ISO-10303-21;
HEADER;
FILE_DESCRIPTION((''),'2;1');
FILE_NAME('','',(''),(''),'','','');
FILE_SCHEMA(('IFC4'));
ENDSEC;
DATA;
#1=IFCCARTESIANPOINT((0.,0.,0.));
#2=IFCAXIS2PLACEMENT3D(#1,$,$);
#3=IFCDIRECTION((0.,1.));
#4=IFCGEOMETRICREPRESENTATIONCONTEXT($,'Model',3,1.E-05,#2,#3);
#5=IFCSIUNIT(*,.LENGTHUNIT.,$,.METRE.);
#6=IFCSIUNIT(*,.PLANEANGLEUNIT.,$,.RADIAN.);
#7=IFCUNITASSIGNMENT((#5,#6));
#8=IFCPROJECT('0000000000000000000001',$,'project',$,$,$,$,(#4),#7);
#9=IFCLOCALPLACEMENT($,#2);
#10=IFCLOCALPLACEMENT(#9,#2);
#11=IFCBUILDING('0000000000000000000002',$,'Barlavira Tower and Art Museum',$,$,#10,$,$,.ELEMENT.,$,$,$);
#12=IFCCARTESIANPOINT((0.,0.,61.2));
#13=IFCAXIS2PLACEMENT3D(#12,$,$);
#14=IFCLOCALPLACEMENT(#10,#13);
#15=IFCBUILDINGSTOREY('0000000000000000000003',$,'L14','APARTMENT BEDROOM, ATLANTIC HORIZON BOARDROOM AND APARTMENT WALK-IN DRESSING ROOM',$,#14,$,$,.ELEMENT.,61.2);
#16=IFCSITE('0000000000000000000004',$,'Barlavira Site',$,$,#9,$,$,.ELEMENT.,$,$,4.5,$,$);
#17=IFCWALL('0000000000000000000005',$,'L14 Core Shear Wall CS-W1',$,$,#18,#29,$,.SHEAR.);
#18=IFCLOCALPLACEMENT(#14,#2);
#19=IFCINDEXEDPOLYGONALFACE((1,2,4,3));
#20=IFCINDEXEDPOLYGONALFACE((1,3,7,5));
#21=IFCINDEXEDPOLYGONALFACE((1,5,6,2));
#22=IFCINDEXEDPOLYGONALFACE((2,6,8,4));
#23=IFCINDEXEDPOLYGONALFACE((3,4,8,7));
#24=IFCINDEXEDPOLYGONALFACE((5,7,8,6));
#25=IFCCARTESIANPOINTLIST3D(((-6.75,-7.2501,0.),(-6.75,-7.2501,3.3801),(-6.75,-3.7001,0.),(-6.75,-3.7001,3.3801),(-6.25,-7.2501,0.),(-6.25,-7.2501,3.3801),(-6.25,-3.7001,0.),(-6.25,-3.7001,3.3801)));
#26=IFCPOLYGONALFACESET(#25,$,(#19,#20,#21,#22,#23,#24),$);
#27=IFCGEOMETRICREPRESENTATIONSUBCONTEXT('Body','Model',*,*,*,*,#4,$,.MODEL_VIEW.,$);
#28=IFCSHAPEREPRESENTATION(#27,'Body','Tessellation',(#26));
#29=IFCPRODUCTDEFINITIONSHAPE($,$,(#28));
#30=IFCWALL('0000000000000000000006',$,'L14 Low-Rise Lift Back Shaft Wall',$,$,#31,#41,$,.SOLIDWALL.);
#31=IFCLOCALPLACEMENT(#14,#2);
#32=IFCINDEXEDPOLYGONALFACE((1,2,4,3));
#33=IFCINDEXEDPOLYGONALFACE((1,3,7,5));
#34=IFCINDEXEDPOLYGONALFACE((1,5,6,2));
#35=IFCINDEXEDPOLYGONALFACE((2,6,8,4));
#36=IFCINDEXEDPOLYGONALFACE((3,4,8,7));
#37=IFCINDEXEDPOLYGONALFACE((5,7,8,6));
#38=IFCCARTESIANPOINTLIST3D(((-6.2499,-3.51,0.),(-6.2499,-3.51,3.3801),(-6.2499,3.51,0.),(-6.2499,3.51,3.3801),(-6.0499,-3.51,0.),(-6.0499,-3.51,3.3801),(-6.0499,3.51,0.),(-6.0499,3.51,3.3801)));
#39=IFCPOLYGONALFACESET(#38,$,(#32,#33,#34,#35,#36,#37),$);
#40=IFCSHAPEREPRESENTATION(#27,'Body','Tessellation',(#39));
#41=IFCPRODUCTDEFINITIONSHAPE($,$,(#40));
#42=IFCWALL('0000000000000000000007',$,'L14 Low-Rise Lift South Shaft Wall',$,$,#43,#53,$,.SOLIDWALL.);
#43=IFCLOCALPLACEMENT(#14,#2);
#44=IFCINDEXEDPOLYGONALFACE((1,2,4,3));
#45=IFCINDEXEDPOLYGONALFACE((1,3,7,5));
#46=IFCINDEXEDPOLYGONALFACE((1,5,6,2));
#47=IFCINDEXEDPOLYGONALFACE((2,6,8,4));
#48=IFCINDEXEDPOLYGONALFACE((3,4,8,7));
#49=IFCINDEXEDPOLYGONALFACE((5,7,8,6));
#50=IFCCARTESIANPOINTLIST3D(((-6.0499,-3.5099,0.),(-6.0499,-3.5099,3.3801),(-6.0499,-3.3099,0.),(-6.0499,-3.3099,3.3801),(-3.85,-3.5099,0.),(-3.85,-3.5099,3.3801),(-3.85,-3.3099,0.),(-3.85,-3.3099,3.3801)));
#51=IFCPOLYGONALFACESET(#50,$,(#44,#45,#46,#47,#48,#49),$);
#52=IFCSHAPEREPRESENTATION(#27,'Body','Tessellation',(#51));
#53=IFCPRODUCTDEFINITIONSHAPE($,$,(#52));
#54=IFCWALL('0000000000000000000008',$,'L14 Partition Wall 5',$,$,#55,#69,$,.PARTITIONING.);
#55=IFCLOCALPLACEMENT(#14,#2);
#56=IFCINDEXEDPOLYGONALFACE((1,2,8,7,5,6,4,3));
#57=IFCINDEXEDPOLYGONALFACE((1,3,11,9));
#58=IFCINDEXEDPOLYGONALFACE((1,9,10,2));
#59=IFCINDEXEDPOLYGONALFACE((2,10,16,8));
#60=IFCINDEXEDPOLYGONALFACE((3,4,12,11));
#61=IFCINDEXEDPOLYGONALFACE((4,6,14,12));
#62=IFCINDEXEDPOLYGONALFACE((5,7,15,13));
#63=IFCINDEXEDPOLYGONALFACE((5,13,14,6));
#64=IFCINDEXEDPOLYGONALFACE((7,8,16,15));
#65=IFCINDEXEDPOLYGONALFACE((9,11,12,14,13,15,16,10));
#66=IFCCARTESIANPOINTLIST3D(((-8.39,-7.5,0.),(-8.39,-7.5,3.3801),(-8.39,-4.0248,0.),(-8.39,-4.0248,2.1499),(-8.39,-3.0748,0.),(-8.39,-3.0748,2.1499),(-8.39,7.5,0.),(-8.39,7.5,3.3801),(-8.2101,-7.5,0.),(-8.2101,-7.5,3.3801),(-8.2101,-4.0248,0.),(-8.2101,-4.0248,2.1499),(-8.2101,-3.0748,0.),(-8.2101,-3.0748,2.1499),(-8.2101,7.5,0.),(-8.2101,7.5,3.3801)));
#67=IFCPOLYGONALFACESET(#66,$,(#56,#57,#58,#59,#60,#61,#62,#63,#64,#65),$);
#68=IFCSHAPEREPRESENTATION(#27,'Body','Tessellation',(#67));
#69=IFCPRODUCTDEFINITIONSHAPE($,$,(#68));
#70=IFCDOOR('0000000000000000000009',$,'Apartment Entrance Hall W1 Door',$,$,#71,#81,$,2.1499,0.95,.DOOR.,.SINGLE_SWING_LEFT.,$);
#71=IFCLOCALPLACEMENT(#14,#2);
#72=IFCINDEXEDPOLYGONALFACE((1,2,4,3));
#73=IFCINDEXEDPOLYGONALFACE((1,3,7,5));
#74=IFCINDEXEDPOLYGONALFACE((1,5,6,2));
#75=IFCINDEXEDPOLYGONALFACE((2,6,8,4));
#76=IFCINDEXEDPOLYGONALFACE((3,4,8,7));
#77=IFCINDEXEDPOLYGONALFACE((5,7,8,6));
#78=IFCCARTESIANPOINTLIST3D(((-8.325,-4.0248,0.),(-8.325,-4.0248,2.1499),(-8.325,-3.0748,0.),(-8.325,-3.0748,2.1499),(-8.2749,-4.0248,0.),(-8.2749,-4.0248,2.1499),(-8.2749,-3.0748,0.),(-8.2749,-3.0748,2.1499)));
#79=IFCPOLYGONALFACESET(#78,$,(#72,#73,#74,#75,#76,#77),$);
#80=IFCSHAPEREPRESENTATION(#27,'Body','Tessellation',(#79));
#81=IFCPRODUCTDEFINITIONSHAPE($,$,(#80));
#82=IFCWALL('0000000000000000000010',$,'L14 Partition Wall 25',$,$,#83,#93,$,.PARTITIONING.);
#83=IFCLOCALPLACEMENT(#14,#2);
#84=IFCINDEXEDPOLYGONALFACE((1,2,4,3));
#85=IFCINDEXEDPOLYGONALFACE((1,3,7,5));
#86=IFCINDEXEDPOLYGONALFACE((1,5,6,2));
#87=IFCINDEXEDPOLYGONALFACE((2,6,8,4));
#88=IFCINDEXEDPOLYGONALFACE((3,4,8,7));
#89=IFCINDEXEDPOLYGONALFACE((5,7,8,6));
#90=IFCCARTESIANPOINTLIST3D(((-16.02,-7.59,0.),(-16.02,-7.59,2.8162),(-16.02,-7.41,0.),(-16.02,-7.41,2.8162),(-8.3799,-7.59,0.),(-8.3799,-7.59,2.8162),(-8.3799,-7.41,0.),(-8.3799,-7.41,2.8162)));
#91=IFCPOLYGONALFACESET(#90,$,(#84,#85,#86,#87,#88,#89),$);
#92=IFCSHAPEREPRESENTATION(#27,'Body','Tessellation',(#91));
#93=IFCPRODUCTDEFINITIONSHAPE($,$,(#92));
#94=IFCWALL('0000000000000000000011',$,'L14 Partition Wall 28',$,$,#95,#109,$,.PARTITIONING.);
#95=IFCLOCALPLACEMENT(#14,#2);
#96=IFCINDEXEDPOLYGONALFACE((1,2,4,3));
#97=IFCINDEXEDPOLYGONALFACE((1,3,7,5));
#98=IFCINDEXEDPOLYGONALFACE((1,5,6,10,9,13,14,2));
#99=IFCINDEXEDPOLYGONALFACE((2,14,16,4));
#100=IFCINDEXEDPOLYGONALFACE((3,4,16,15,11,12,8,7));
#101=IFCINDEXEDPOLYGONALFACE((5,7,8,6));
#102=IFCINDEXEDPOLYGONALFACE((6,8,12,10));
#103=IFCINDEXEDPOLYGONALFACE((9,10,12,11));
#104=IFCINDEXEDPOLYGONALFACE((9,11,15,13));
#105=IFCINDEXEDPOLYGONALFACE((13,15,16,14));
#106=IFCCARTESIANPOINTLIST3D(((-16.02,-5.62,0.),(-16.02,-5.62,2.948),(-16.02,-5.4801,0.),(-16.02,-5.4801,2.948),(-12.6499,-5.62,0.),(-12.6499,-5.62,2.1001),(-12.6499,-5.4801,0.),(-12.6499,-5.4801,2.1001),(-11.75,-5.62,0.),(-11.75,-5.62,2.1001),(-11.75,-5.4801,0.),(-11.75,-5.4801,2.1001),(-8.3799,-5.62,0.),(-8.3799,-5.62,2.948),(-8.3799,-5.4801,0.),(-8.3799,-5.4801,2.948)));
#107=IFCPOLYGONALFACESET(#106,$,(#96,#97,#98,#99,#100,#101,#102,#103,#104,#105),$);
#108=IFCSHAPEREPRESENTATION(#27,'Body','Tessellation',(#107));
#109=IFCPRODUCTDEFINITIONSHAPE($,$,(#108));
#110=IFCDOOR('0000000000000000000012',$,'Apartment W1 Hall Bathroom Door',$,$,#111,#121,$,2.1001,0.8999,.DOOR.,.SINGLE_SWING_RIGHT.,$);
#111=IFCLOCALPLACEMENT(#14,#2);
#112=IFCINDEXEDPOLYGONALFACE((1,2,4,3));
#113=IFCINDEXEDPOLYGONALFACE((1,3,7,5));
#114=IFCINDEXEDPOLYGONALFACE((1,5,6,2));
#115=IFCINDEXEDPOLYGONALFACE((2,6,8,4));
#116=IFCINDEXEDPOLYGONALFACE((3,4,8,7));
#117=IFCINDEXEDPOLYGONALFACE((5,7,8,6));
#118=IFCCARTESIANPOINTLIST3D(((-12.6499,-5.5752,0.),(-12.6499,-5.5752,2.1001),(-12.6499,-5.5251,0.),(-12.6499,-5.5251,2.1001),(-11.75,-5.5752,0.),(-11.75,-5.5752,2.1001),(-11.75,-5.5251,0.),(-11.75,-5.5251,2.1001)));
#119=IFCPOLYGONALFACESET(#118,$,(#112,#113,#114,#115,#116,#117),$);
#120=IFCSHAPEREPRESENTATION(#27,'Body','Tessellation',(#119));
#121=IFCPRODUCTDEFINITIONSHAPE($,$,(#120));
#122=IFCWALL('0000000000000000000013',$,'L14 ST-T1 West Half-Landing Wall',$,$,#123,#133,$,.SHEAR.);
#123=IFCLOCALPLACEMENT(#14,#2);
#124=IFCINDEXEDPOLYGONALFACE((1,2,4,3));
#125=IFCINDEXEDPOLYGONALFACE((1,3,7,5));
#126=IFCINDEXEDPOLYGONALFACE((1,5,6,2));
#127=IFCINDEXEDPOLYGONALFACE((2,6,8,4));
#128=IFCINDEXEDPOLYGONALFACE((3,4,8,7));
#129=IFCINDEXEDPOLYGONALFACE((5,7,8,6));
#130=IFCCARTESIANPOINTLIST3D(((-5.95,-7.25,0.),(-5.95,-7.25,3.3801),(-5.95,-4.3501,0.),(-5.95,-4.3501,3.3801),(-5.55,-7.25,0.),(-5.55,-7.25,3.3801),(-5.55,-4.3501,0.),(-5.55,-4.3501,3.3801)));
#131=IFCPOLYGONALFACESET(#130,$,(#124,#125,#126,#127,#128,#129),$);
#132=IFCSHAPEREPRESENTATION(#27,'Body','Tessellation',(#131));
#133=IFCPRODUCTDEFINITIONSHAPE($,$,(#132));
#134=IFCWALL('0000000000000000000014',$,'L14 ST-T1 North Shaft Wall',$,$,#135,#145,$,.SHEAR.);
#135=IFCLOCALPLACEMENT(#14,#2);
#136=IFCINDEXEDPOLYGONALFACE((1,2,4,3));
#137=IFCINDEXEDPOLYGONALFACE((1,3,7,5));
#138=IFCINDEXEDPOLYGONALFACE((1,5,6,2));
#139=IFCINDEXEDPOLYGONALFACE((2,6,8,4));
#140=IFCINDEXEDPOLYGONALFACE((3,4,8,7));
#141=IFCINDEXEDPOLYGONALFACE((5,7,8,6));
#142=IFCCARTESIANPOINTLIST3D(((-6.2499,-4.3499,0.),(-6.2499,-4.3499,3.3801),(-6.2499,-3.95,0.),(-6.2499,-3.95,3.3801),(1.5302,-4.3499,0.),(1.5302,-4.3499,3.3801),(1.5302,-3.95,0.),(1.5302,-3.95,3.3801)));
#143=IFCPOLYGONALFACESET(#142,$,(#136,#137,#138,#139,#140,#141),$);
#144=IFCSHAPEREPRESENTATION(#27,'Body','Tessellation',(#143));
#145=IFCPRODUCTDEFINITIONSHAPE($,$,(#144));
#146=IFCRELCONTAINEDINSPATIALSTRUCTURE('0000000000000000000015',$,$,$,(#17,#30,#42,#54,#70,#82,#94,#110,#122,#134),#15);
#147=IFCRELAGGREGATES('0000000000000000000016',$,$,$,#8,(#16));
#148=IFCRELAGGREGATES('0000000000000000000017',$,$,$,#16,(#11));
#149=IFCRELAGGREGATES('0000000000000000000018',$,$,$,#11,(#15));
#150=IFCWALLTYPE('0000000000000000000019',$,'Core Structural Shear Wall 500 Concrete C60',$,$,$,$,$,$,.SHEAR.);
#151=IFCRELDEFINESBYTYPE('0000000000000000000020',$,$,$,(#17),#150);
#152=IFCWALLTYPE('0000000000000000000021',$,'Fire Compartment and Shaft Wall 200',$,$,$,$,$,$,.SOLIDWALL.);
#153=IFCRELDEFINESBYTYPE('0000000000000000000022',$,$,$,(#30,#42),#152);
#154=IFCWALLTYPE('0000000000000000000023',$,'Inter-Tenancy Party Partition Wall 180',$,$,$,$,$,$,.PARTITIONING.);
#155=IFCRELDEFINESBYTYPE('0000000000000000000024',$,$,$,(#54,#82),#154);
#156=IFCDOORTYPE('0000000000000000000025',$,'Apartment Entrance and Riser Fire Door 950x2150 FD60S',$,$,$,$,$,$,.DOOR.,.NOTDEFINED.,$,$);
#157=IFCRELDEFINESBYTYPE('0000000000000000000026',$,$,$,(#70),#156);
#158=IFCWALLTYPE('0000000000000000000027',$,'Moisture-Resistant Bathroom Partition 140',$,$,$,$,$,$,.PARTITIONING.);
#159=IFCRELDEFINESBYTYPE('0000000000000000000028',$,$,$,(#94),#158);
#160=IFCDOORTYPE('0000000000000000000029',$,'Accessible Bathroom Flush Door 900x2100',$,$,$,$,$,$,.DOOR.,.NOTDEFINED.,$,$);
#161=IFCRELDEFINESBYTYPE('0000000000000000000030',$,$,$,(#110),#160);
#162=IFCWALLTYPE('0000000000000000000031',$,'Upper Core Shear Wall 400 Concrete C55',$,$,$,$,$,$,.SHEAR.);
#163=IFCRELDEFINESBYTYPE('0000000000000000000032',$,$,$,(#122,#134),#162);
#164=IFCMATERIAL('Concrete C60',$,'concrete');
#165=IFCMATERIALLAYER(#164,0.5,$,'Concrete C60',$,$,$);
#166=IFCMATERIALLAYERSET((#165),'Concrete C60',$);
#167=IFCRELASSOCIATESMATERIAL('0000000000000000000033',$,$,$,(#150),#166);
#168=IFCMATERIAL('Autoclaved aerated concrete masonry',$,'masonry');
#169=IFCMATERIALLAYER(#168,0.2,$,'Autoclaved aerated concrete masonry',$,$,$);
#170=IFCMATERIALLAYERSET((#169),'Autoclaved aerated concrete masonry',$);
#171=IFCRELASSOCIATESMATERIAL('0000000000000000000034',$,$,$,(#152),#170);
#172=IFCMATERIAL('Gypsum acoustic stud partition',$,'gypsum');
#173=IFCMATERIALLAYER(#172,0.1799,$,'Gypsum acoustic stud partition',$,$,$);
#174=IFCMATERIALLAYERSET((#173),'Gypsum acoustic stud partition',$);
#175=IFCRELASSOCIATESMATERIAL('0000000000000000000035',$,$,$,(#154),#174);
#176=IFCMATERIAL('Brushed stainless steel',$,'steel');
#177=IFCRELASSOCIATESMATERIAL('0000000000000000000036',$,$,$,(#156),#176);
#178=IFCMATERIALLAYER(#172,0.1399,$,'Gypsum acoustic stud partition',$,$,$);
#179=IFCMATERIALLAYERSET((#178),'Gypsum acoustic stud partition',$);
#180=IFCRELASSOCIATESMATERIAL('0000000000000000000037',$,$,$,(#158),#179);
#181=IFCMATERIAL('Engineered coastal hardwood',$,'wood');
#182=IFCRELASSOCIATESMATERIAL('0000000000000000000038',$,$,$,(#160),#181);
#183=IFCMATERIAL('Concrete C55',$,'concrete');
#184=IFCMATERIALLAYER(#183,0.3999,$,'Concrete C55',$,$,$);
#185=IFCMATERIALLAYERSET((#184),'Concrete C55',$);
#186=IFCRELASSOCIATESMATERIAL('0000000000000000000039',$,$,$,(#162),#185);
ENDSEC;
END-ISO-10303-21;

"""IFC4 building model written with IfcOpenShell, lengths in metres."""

from ifc_helpers import new_model, si_unit, direction, frame, frame_2d, origin, place, context, subcontext, project, spatial, rectangle, extrude, material, layer, layer_set, type_object, element, fill, save


model = new_model("IFC4")

# Units and contexts
model_context = context("Model", 3, precision=1e-05, world=origin(), true_north=direction((0.0, 1.0)))
body_context = subcontext(model_context, "Body", "Model", "MODEL_VIEW")
ifc_project = project(units=[si_unit("LENGTHUNIT", "METRE"), si_unit("PLANEANGLEUNIT", "RADIAN")], contexts=[model_context])

# Site, building, storey
site_placement = place(None, origin())
site = spatial("IfcSite", under=ifc_project, at=site_placement, Name="Barlavira Site", CompositionType="ELEMENT", RefElevation=4.5)
building_placement = place(site_placement, origin())
building = spatial("IfcBuilding", under=site, at=building_placement, Name="Barlavira Tower and Art Museum", CompositionType="ELEMENT")
storey_placement = place(building_placement, frame((0.0, 0.0, 61.2)))
storey = spatial("IfcBuildingStorey", under=building, at=storey_placement, Name="L14", Description="APARTMENT BEDROOM, ATLANTIC HORIZON BOARDROOM AND APARTMENT WALK-IN DRESSING ROOM", CompositionType="ELEMENT", Elevation=61.2)

# Shared definitions
ifc_material_1 = material(Name="Gypsum acoustic stud partition", Category="gypsum")
ifc_material_2 = material(Name="Engineered coastal hardwood", Category="wood")

# Wall
ifc_material_3 = material(Name="Concrete C60", Category="concrete")
ifc_layer_1 = layer(ifc_material_3, 0.5, Name="Concrete C60")
ifc_layer_set_1 = layer_set([ifc_layer_1], Name="Concrete C60")
wall_type_1 = type_object("IfcWallType", Name="Core Structural Shear Wall 500 Concrete C60", PredefinedType="SHEAR", material=ifc_layer_set_1)
wall_1_placement = place(storey_placement, frame((-6.5, -7.25, 0.0), z_axis=(0.0, 0.0, 1.0), x_axis=(0.0, 1.0, 0.0)))
element("IfcWall", 1, at=wall_1_placement, inside=storey, type_object=wall_type_1, Name="L14 Core Shear Wall CS-W1", PredefinedType="SHEAR", context=body_context, shape_type="SweptSolid", body=[
    extrude(rectangle(XDim=3.55, YDim=0.5, at=frame_2d((1.7749, 0.0))), origin(), (0.0, 0.0, 1.0), 3.3801),
])

# Shared definitions
ifc_material_4 = material(Name="Autoclaved aerated concrete masonry", Category="masonry")
ifc_layer_2 = layer(ifc_material_4, 0.2, Name="Autoclaved aerated concrete masonry")
ifc_layer_set_2 = layer_set([ifc_layer_2], Name="Autoclaved aerated concrete masonry")
wall_type_2 = type_object("IfcWallType", Name="Fire Compartment and Shaft Wall 200", PredefinedType="SOLIDWALL", material=ifc_layer_set_2)
ifc_material_5 = material(Name="Brushed stainless steel", Category="steel")

# Walls
wall_2_placement = place(storey_placement, frame((-6.1499, -3.51, 0.0), z_axis=(0.0, 0.0, 1.0), x_axis=(0.0, 1.0, 0.0)))
element("IfcWall", 2, at=wall_2_placement, inside=storey, type_object=wall_type_2, Name="L14 Low-Rise Lift Back Shaft Wall", PredefinedType="SOLIDWALL", context=body_context, shape_type="SweptSolid", body=[
    extrude(rectangle(XDim=7.02, YDim=0.2, at=frame_2d((3.51, 0.0))), origin(), (0.0, 0.0, 1.0), 3.3801),
])
wall_3_placement = place(storey_placement, frame((-6.05, -3.4099, 0.0), z_axis=(0.0, 0.0, 1.0), x_axis=(1.0, 0.0, 0.0)))
element("IfcWall", 3, at=wall_3_placement, inside=storey, type_object=wall_type_2, Name="L14 Low-Rise Lift South Shaft Wall", PredefinedType="SOLIDWALL", context=body_context, shape_type="SweptSolid", body=[
    extrude(rectangle(XDim=2.2, YDim=0.2, at=frame_2d((1.1001, 0.0))), origin(), (0.0, 0.0, 1.0), 3.3801),
])

# Wall, opening, door
ifc_layer_3 = layer(ifc_material_1, 0.1799, Name="Gypsum acoustic stud partition")
ifc_layer_set_3 = layer_set([ifc_layer_3], Name="Gypsum acoustic stud partition")
wall_type_3 = type_object("IfcWallType", Name="Inter-Tenancy Party Partition Wall 180", PredefinedType="PARTITIONING", material=ifc_layer_set_3)
wall_4_placement = place(storey_placement, frame((-8.3, -7.5, 0.0), z_axis=(0.0, 0.0, 1.0), x_axis=(0.0, 1.0, 0.0)))
wall_4 = element("IfcWall", 4, at=wall_4_placement, inside=storey, type_object=wall_type_3, Name="L14 Partition Wall 5", PredefinedType="PARTITIONING", context=body_context, shape_type="SweptSolid", body=[
    extrude(rectangle(XDim=15.0, YDim=0.1799, at=frame_2d((7.5, 0.0))), origin(), (0.0, 0.0, 1.0), 3.3801),
])
opening_1_placement = place(wall_4_placement, frame((3.4751, 0.0, 0.0)))
opening_1 = element("IfcOpeningElement", 5, at=opening_1_placement, cuts=wall_4, PredefinedType="OPENING", context=body_context, shape_type="SweptSolid", body=[
    extrude(rectangle(XDim=0.95, YDim=2.1499, at=frame_2d((0.4751, 1.075))), frame((0.0, 0.1001, 0.0), z_axis=(0.0, -1.0, 0.0), x_axis=(1.0, 0.0, 0.0)), (0.0, 0.0, 1.0), 0.2),
])
door_type_1 = type_object("IfcDoorType", Name="Apartment Entrance and Riser Fire Door 950x2150 FD60S", OperationType="NOTDEFINED", PredefinedType="DOOR", material=ifc_material_5)
door_1_placement = place(opening_1_placement, origin())
door_1 = element("IfcDoor", 6, at=door_1_placement, inside=storey, type_object=door_type_1, Name="Apartment Entrance Hall W1 Door", OperationType="SINGLE_SWING_LEFT", OverallHeight=2.1499, OverallWidth=0.95, PredefinedType="DOOR", context=body_context, shape_type="SweptSolid", body=[
    extrude(rectangle(XDim=0.95, YDim=2.1499, at=frame_2d((0.4751, 1.075))), frame((0.0, 0.0249, 0.0), z_axis=(0.0, -1.0, 0.0), x_axis=(1.0, 0.0, 0.0)), (0.0, 0.0, 1.0), 0.05),
])
fill(opening_1, door_1)

# Wall
wall_5_placement = place(storey_placement, frame((-16.02, -7.5, 0.0), z_axis=(0.0, 0.0, 1.0), x_axis=(1.0, 0.0, 0.0)))
element("IfcWall", 7, at=wall_5_placement, inside=storey, type_object=wall_type_3, Name="L14 Partition Wall 25", PredefinedType="PARTITIONING", context=body_context, shape_type="SweptSolid", body=[
    extrude(rectangle(XDim=7.6401, YDim=0.1799, at=frame_2d((3.8201, 0.0))), origin(), (0.0, 0.0, 1.0), 2.8162),
])

# Wall, opening, door
ifc_layer_4 = layer(ifc_material_1, 0.1399, Name="Gypsum acoustic stud partition")
ifc_layer_set_4 = layer_set([ifc_layer_4], Name="Gypsum acoustic stud partition")
wall_type_4 = type_object("IfcWallType", Name="Moisture-Resistant Bathroom Partition 140", PredefinedType="PARTITIONING", material=ifc_layer_set_4)
wall_6_placement = place(storey_placement, frame((-16.02, -5.55, 0.0), z_axis=(0.0, 0.0, 1.0), x_axis=(1.0, 0.0, 0.0)))
wall_6 = element("IfcWall", 8, at=wall_6_placement, inside=storey, type_object=wall_type_4, Name="L14 Partition Wall 28", PredefinedType="PARTITIONING", context=body_context, shape_type="SweptSolid", body=[
    extrude(rectangle(XDim=7.6401, YDim=0.1399, at=frame_2d((3.8201, 0.0))), origin(), (0.0, 0.0, 1.0), 2.948),
])
opening_2_placement = place(wall_6_placement, frame((3.3701, 0.0, 0.0)))
opening_2 = element("IfcOpeningElement", 9, at=opening_2_placement, cuts=wall_6, PredefinedType="OPENING", context=body_context, shape_type="SweptSolid", body=[
    extrude(rectangle(XDim=0.8999, YDim=2.1001, at=frame_2d((0.45, 1.05))), frame((0.0, 0.0801, 0.0), z_axis=(0.0, -1.0, 0.0), x_axis=(1.0, 0.0, 0.0)), (0.0, 0.0, 1.0), 0.1599),
])
door_type_2 = type_object("IfcDoorType", Name="Accessible Bathroom Flush Door 900x2100", OperationType="NOTDEFINED", PredefinedType="DOOR", material=ifc_material_2)
door_2_placement = place(opening_2_placement, origin())
door_2 = element("IfcDoor", 10, at=door_2_placement, inside=storey, type_object=door_type_2, Name="Apartment W1 Hall Bathroom Door", OperationType="SINGLE_SWING_RIGHT", OverallHeight=2.1001, OverallWidth=0.8999, PredefinedType="DOOR", context=body_context, shape_type="SweptSolid", body=[
    extrude(rectangle(XDim=0.8999, YDim=2.1001, at=frame_2d((0.45, 1.05))), frame((0.0, 0.0249, 0.0), z_axis=(0.0, -1.0, 0.0), x_axis=(1.0, 0.0, 0.0)), (0.0, 0.0, 1.0), 0.05),
])
fill(opening_2, door_2)

# Walls
ifc_material_6 = material(Name="Concrete C55", Category="concrete")
ifc_layer_5 = layer(ifc_material_6, 0.3999, Name="Concrete C55")
ifc_layer_set_5 = layer_set([ifc_layer_5], Name="Concrete C55")
wall_type_5 = type_object("IfcWallType", Name="Upper Core Shear Wall 400 Concrete C55", PredefinedType="SHEAR", material=ifc_layer_set_5)
wall_7_placement = place(storey_placement, frame((-5.75, -7.25, 0.0), z_axis=(0.0, 0.0, 1.0), x_axis=(0.0, 1.0, 0.0)))
element("IfcWall", 11, at=wall_7_placement, inside=storey, type_object=wall_type_5, Name="L14 ST-T1 West Half-Landing Wall", PredefinedType="SHEAR", context=body_context, shape_type="SweptSolid", body=[
    extrude(rectangle(XDim=2.8999, YDim=0.3999, at=frame_2d((1.45, 0.0))), origin(), (0.0, 0.0, 1.0), 3.3801),
])
wall_8_placement = place(storey_placement, frame((-6.25, -4.1499, 0.0), z_axis=(0.0, 0.0, 1.0), x_axis=(1.0, 0.0, 0.0)))
element("IfcWall", 12, at=wall_8_placement, inside=storey, type_object=wall_type_5, Name="L14 ST-T1 North Shaft Wall", PredefinedType="SHEAR", context=body_context, shape_type="SweptSolid", body=[
    extrude(rectangle(XDim=7.78, YDim=0.3999, at=frame_2d((3.8901, 0.0))), origin(), (0.0, 0.0, 1.0), 3.3801),
])

save(model, "model.ifc")
